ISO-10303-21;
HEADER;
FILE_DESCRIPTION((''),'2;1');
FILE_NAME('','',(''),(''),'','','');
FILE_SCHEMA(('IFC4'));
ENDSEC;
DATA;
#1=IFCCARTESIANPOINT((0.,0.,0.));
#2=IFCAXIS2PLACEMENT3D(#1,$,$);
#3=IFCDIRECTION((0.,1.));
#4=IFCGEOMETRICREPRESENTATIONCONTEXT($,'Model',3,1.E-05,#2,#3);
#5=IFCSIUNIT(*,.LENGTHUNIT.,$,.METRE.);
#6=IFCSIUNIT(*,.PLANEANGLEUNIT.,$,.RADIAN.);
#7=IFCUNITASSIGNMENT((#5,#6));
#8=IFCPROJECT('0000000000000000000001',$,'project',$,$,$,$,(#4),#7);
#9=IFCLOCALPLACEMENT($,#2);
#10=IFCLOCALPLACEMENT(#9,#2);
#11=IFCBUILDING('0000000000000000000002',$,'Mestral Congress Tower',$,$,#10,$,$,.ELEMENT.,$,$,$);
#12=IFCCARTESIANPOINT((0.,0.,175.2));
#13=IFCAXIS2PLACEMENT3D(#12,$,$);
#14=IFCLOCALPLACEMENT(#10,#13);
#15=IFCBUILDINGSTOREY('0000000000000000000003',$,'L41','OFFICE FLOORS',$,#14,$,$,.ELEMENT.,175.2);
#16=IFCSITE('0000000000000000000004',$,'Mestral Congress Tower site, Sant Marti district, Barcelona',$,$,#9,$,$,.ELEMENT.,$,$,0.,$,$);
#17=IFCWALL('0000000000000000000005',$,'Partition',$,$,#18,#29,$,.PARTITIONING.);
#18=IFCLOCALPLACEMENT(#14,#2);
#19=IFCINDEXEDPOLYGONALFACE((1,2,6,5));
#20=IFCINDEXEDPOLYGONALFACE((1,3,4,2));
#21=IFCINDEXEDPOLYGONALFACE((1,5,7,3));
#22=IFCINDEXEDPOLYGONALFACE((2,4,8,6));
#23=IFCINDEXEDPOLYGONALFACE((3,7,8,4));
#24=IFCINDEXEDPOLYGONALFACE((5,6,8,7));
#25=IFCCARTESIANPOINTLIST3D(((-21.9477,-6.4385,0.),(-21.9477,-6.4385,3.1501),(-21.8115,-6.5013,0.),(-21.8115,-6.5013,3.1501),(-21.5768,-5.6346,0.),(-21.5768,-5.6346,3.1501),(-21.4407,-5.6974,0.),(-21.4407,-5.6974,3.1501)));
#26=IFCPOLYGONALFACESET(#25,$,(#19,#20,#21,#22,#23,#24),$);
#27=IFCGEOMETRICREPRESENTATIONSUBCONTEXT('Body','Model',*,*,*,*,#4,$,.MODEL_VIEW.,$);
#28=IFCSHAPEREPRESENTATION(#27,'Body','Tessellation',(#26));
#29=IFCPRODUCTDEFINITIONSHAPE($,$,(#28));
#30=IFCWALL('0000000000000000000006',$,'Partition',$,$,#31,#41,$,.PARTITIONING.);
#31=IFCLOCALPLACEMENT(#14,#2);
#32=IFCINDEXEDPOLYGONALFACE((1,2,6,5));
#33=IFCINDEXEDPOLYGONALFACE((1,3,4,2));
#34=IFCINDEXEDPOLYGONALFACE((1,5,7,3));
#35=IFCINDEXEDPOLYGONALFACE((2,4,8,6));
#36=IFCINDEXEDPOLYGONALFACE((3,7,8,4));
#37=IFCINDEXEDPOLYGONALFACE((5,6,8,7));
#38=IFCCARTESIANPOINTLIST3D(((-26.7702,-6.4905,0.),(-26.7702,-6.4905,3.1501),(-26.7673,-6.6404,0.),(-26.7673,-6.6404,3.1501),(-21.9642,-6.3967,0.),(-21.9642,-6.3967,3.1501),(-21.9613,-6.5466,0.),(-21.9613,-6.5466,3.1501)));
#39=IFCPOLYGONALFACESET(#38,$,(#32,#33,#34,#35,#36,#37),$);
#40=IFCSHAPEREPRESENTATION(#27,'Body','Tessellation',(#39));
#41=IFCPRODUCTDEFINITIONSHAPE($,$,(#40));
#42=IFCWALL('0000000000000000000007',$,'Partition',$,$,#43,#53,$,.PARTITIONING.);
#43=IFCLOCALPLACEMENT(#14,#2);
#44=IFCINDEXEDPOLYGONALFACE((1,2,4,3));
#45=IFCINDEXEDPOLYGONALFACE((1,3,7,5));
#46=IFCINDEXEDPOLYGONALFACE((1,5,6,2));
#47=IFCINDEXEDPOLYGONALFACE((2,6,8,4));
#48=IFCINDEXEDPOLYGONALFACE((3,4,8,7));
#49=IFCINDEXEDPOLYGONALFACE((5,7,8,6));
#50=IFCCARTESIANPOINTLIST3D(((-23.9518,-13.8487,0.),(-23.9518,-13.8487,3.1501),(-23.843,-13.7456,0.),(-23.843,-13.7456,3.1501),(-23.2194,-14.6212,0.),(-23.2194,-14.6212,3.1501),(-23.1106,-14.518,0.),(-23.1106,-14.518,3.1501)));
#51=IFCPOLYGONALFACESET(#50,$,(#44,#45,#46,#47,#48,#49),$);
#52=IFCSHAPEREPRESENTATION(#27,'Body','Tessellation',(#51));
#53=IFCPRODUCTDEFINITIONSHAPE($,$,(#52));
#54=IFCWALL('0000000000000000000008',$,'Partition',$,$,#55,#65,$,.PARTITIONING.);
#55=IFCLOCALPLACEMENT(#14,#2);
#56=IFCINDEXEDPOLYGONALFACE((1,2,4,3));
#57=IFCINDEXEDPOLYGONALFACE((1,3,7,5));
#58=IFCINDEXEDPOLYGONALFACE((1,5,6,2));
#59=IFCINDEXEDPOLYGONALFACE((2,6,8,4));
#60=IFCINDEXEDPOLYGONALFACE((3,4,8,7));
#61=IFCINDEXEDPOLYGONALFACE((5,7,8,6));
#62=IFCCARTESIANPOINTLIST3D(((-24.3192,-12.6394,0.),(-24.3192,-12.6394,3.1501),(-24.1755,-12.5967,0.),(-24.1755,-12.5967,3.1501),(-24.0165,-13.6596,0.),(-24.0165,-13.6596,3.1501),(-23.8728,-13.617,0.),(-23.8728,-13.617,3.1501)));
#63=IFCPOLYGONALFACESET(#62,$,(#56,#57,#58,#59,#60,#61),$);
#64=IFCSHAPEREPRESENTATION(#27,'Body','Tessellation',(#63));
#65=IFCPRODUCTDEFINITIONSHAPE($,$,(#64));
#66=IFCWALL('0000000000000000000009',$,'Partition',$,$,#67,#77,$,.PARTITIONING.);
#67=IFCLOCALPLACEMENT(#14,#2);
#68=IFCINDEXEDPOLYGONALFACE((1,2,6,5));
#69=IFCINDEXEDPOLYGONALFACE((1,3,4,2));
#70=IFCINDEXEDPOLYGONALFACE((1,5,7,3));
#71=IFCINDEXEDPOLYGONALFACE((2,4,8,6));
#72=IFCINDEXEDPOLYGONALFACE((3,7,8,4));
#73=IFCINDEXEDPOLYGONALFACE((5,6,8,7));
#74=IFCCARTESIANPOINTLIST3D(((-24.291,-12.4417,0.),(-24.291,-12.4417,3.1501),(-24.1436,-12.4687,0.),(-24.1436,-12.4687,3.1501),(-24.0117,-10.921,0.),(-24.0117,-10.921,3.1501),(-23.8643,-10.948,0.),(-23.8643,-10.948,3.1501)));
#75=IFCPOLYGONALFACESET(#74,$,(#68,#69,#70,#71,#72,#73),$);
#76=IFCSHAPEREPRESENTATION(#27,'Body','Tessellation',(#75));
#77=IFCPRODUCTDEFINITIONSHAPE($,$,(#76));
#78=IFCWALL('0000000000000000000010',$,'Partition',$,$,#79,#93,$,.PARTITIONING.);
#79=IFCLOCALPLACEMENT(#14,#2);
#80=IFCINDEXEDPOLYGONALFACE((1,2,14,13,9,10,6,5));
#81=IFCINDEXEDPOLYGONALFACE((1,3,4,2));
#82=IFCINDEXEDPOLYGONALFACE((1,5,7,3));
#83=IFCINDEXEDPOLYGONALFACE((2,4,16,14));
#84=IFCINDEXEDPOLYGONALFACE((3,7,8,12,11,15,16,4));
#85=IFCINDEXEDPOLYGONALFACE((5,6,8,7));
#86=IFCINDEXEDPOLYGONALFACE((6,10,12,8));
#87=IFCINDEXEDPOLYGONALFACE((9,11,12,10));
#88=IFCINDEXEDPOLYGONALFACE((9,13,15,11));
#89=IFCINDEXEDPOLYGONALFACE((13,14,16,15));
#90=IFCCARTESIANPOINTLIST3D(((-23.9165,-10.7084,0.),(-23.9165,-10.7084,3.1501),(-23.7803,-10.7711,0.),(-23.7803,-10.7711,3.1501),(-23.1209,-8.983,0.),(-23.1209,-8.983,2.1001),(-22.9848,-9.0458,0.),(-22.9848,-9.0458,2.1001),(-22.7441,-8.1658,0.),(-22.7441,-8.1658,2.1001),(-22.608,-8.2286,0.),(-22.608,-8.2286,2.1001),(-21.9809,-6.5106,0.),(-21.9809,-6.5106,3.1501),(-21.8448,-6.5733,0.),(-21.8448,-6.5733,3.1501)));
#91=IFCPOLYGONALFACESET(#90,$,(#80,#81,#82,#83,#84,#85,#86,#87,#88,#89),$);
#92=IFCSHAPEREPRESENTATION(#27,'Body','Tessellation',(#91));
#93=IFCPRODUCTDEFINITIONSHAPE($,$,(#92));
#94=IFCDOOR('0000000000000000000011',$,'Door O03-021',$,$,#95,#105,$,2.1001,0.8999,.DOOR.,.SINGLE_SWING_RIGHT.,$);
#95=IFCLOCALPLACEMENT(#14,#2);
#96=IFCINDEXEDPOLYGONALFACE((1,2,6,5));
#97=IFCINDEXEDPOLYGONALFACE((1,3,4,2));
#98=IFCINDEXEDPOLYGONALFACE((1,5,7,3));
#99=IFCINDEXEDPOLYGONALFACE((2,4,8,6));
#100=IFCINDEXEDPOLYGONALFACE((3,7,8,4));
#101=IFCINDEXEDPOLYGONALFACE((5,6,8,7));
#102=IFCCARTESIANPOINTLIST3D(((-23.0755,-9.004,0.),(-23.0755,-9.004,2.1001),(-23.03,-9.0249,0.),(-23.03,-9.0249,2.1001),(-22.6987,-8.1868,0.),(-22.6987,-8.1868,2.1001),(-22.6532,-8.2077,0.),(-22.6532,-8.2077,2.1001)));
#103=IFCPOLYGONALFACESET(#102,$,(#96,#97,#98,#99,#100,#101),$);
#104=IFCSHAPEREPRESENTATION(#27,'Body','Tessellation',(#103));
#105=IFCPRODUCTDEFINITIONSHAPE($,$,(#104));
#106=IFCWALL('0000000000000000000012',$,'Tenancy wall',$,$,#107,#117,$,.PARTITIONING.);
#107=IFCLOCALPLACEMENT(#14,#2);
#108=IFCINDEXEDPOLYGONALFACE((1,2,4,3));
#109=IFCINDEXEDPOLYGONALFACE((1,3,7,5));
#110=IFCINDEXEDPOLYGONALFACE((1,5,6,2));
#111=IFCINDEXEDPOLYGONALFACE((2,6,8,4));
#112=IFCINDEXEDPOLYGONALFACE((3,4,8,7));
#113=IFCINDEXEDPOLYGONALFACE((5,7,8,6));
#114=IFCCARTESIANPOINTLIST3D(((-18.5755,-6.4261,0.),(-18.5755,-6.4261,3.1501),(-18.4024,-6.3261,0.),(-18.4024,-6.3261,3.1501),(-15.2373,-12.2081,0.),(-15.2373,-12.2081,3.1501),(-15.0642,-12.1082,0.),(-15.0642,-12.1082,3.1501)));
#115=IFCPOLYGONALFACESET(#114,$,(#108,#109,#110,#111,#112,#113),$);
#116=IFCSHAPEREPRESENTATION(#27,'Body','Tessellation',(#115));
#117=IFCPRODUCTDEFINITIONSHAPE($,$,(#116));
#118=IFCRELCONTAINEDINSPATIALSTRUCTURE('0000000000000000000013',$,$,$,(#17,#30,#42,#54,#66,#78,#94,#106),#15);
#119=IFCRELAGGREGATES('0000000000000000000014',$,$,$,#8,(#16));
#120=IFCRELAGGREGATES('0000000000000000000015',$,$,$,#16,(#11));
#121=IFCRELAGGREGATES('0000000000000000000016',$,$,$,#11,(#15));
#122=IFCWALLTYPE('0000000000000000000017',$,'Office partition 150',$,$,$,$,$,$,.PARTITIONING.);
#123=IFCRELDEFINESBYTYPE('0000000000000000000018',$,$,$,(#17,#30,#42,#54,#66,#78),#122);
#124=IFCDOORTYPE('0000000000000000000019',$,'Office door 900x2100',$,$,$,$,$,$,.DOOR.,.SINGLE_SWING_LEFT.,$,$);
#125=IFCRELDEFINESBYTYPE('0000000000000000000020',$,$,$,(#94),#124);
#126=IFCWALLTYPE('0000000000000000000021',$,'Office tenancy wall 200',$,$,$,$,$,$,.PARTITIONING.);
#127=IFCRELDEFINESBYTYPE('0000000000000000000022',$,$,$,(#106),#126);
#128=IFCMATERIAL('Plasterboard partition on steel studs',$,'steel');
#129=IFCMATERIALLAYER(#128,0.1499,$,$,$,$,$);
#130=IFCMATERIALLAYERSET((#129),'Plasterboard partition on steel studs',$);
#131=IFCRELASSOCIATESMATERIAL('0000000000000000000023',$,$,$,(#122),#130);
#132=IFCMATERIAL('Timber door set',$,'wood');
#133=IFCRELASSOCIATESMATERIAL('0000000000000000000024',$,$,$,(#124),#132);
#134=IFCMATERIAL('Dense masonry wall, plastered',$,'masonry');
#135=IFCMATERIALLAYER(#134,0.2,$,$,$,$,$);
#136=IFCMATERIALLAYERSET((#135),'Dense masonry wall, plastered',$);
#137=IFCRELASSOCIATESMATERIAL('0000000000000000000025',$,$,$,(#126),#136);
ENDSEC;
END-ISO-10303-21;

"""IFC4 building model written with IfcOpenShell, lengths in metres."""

from ifc_helpers import new_model, si_unit, direction, frame, frame_2d, origin, place, context, subcontext, project, spatial, rectangle, extrude, material, layer, layer_set, type_object, element, fill, save


model = new_model("IFC4")

# Units and contexts
model_context = context("Model", 3, precision=1e-05, world=origin(), true_north=direction((0.0, 1.0)))
body_context = subcontext(model_context, "Body", "Model", "MODEL_VIEW")
ifc_project = project(units=[si_unit("LENGTHUNIT", "METRE"), si_unit("PLANEANGLEUNIT", "RADIAN")], contexts=[model_context])

# Site, building, storey
site_placement = place(None, origin())
site = spatial("IfcSite", under=ifc_project, at=site_placement, Name="Mestral Congress Tower site, Sant Marti district, Barcelona", CompositionType="ELEMENT", RefElevation=0.0)
building_placement = place(site_placement, origin())
building = spatial("IfcBuilding", under=site, at=building_placement, Name="Mestral Congress Tower", CompositionType="ELEMENT")
storey_placement = place(building_placement, frame((0.0, 0.0, 175.2)))
storey = spatial("IfcBuildingStorey", under=building, at=storey_placement, Name="L41", Description="OFFICE FLOORS", CompositionType="ELEMENT", Elevation=175.2)

# Shared definitions
ifc_material_1 = material(Name="Plasterboard partition on steel studs", Category="steel")
ifc_layer_1 = layer(ifc_material_1, 0.1499)
ifc_layer_set_1 = layer_set([ifc_layer_1], Name="Plasterboard partition on steel studs")
wall_type_1 = type_object("IfcWallType", Name="Office partition 150", PredefinedType="PARTITIONING", material=ifc_layer_set_1)
ifc_material_2 = material(Name="Timber door set", Category="wood")
door_type = type_object("IfcDoorType", Name="Office door 900x2100", OperationType="SINGLE_SWING_LEFT", PredefinedType="DOOR", material=ifc_material_2)

# Walls
wall_1_placement = place(storey_placement, frame((-21.5088, -5.666, 0.0), z_axis=(0.0, 0.0, 1.0), x_axis=(-0.418866, -0.908048, 0.0)))
element("IfcWall", 1, at=wall_1_placement, inside=storey, type_object=wall_type_1, Name="Partition", PredefinedType="PARTITIONING", context=body_context, shape_type="SweptSolid", body=[
    extrude(rectangle(XDim=0.8853, YDim=0.1499, at=frame_2d((0.4426, 0.0))), origin(), (0.0, 0.0, 1.0), 3.1501),
])
wall_2_placement = place(storey_placement, frame((-21.9629, -6.4717, 0.0), z_axis=(0.0, 0.0, 1.0), x_axis=(-0.99981, -0.019504, 0.0)))
element("IfcWall", 2, at=wall_2_placement, inside=storey, type_object=wall_type_1, Name="Partition", PredefinedType="PARTITIONING", context=body_context, shape_type="SweptSolid", body=[
    extrude(rectangle(XDim=4.8069, YDim=0.1499, at=frame_2d((2.4033, 0.0))), origin(), (0.0, 0.0, 1.0), 3.1501),
])
wall_3_placement = place(storey_placement, frame((-23.165, -14.5696, 0.0), z_axis=(0.0, 0.0, 1.0), x_axis=(-0.68805, 0.725663, 0.0)))
element("IfcWall", 3, at=wall_3_placement, inside=storey, type_object=wall_type_1, Name="Partition", PredefinedType="PARTITIONING", context=body_context, shape_type="SweptSolid", body=[
    extrude(rectangle(XDim=1.0645, YDim=0.1499, at=frame_2d((0.5322, 0.0))), origin(), (0.0, 0.0, 1.0), 3.1501),
])
wall_4_placement = place(storey_placement, frame((-23.9446, -13.6384, 0.0), z_axis=(0.0, 0.0, 1.0), x_axis=(-0.284463, 0.958687, 0.0)))
element("IfcWall", 4, at=wall_4_placement, inside=storey, type_object=wall_type_1, Name="Partition", PredefinedType="PARTITIONING", context=body_context, shape_type="SweptSolid", body=[
    extrude(rectangle(XDim=1.0642, YDim=0.1499, at=frame_2d((0.5322, 0.0))), origin(), (0.0, 0.0, 1.0), 3.1501),
])
wall_5_placement = place(storey_placement, frame((-24.2173, -12.4551, 0.0), z_axis=(0.0, 0.0, 1.0), x_axis=(0.180636, 0.98355, 0.0)))
element("IfcWall", 5, at=wall_5_placement, inside=storey, type_object=wall_type_1, Name="Partition", PredefinedType="PARTITIONING", context=body_context, shape_type="SweptSolid", body=[
    extrude(rectangle(XDim=1.5461, YDim=0.1499, at=frame_2d((0.7729, 0.0))), origin(), (0.0, 0.0, 1.0), 3.1501),
])

# Wall, opening, door
wall_6_placement = place(storey_placement, frame((-23.8484, -10.7397, 0.0), z_axis=(0.0, 0.0, 1.0), x_axis=(0.418723, 0.908114, 0.0)))
wall_6 = element("IfcWall", 6, at=wall_6_placement, inside=storey, type_object=wall_type_1, Name="Partition", PredefinedType="PARTITIONING", context=body_context, shape_type="SweptSolid", body=[
    extrude(rectangle(XDim=4.6226, YDim=0.1499, at=frame_2d((2.3113, 0.0))), origin(), (0.0, 0.0, 1.0), 3.1501),
])
opening_1_placement = place(wall_6_placement, frame((1.8999, 0.0, 0.0)))
opening_1 = element("IfcOpeningElement", 7, at=opening_1_placement, cuts=wall_6, PredefinedType="OPENING", context=body_context, shape_type="SweptSolid", body=[
    extrude(rectangle(XDim=0.8999, YDim=2.1001, at=frame_2d((0.45, 1.05))), frame((0.0, 0.085, 0.0), z_axis=(0.0, -1.0, 0.0), x_axis=(1.0, 0.0, 0.0)), (0.0, 0.0, 1.0), 0.1699),
])
door_1_placement = place(opening_1_placement, origin())
door_1 = element("IfcDoor", 8, at=door_1_placement, inside=storey, type_object=door_type, Name="Door O03-021", OperationType="SINGLE_SWING_RIGHT", OverallHeight=2.1001, OverallWidth=0.8999, PredefinedType="DOOR", context=body_context, shape_type="SweptSolid", body=[
    extrude(rectangle(XDim=0.8999, YDim=2.1001, at=frame_2d((0.45, 1.05))), frame((0.0, 0.0249, 0.0), z_axis=(0.0, -1.0, 0.0), x_axis=(1.0, 0.0, 0.0)), (0.0, 0.0, 1.0), 0.05),
])
fill(opening_1, door_1)

# Wall
ifc_material_3 = material(Name="Dense masonry wall, plastered", Category="masonry")
ifc_layer_2 = layer(ifc_material_3, 0.2)
ifc_layer_set_2 = layer_set([ifc_layer_2], Name="Dense masonry wall, plastered")
wall_type_2 = type_object("IfcWallType", Name="Office tenancy wall 200", PredefinedType="PARTITIONING", material=ifc_layer_set_2)
wall_7_placement = place(storey_placement, frame((-18.489, -6.376, 0.0), z_axis=(0.0, 0.0, 1.0), x_axis=(0.499989, -0.866032, 0.0)))
element("IfcWall", 9, at=wall_7_placement, inside=storey, type_object=wall_type_2, Name="Tenancy wall", PredefinedType="PARTITIONING", context=body_context, shape_type="SweptSolid", body=[
    extrude(rectangle(XDim=6.6765, YDim=0.2, at=frame_2d((3.3384, 0.0))), origin(), (0.0, 0.0, 1.0), 3.1501),
])

save(model, "model.ifc")
